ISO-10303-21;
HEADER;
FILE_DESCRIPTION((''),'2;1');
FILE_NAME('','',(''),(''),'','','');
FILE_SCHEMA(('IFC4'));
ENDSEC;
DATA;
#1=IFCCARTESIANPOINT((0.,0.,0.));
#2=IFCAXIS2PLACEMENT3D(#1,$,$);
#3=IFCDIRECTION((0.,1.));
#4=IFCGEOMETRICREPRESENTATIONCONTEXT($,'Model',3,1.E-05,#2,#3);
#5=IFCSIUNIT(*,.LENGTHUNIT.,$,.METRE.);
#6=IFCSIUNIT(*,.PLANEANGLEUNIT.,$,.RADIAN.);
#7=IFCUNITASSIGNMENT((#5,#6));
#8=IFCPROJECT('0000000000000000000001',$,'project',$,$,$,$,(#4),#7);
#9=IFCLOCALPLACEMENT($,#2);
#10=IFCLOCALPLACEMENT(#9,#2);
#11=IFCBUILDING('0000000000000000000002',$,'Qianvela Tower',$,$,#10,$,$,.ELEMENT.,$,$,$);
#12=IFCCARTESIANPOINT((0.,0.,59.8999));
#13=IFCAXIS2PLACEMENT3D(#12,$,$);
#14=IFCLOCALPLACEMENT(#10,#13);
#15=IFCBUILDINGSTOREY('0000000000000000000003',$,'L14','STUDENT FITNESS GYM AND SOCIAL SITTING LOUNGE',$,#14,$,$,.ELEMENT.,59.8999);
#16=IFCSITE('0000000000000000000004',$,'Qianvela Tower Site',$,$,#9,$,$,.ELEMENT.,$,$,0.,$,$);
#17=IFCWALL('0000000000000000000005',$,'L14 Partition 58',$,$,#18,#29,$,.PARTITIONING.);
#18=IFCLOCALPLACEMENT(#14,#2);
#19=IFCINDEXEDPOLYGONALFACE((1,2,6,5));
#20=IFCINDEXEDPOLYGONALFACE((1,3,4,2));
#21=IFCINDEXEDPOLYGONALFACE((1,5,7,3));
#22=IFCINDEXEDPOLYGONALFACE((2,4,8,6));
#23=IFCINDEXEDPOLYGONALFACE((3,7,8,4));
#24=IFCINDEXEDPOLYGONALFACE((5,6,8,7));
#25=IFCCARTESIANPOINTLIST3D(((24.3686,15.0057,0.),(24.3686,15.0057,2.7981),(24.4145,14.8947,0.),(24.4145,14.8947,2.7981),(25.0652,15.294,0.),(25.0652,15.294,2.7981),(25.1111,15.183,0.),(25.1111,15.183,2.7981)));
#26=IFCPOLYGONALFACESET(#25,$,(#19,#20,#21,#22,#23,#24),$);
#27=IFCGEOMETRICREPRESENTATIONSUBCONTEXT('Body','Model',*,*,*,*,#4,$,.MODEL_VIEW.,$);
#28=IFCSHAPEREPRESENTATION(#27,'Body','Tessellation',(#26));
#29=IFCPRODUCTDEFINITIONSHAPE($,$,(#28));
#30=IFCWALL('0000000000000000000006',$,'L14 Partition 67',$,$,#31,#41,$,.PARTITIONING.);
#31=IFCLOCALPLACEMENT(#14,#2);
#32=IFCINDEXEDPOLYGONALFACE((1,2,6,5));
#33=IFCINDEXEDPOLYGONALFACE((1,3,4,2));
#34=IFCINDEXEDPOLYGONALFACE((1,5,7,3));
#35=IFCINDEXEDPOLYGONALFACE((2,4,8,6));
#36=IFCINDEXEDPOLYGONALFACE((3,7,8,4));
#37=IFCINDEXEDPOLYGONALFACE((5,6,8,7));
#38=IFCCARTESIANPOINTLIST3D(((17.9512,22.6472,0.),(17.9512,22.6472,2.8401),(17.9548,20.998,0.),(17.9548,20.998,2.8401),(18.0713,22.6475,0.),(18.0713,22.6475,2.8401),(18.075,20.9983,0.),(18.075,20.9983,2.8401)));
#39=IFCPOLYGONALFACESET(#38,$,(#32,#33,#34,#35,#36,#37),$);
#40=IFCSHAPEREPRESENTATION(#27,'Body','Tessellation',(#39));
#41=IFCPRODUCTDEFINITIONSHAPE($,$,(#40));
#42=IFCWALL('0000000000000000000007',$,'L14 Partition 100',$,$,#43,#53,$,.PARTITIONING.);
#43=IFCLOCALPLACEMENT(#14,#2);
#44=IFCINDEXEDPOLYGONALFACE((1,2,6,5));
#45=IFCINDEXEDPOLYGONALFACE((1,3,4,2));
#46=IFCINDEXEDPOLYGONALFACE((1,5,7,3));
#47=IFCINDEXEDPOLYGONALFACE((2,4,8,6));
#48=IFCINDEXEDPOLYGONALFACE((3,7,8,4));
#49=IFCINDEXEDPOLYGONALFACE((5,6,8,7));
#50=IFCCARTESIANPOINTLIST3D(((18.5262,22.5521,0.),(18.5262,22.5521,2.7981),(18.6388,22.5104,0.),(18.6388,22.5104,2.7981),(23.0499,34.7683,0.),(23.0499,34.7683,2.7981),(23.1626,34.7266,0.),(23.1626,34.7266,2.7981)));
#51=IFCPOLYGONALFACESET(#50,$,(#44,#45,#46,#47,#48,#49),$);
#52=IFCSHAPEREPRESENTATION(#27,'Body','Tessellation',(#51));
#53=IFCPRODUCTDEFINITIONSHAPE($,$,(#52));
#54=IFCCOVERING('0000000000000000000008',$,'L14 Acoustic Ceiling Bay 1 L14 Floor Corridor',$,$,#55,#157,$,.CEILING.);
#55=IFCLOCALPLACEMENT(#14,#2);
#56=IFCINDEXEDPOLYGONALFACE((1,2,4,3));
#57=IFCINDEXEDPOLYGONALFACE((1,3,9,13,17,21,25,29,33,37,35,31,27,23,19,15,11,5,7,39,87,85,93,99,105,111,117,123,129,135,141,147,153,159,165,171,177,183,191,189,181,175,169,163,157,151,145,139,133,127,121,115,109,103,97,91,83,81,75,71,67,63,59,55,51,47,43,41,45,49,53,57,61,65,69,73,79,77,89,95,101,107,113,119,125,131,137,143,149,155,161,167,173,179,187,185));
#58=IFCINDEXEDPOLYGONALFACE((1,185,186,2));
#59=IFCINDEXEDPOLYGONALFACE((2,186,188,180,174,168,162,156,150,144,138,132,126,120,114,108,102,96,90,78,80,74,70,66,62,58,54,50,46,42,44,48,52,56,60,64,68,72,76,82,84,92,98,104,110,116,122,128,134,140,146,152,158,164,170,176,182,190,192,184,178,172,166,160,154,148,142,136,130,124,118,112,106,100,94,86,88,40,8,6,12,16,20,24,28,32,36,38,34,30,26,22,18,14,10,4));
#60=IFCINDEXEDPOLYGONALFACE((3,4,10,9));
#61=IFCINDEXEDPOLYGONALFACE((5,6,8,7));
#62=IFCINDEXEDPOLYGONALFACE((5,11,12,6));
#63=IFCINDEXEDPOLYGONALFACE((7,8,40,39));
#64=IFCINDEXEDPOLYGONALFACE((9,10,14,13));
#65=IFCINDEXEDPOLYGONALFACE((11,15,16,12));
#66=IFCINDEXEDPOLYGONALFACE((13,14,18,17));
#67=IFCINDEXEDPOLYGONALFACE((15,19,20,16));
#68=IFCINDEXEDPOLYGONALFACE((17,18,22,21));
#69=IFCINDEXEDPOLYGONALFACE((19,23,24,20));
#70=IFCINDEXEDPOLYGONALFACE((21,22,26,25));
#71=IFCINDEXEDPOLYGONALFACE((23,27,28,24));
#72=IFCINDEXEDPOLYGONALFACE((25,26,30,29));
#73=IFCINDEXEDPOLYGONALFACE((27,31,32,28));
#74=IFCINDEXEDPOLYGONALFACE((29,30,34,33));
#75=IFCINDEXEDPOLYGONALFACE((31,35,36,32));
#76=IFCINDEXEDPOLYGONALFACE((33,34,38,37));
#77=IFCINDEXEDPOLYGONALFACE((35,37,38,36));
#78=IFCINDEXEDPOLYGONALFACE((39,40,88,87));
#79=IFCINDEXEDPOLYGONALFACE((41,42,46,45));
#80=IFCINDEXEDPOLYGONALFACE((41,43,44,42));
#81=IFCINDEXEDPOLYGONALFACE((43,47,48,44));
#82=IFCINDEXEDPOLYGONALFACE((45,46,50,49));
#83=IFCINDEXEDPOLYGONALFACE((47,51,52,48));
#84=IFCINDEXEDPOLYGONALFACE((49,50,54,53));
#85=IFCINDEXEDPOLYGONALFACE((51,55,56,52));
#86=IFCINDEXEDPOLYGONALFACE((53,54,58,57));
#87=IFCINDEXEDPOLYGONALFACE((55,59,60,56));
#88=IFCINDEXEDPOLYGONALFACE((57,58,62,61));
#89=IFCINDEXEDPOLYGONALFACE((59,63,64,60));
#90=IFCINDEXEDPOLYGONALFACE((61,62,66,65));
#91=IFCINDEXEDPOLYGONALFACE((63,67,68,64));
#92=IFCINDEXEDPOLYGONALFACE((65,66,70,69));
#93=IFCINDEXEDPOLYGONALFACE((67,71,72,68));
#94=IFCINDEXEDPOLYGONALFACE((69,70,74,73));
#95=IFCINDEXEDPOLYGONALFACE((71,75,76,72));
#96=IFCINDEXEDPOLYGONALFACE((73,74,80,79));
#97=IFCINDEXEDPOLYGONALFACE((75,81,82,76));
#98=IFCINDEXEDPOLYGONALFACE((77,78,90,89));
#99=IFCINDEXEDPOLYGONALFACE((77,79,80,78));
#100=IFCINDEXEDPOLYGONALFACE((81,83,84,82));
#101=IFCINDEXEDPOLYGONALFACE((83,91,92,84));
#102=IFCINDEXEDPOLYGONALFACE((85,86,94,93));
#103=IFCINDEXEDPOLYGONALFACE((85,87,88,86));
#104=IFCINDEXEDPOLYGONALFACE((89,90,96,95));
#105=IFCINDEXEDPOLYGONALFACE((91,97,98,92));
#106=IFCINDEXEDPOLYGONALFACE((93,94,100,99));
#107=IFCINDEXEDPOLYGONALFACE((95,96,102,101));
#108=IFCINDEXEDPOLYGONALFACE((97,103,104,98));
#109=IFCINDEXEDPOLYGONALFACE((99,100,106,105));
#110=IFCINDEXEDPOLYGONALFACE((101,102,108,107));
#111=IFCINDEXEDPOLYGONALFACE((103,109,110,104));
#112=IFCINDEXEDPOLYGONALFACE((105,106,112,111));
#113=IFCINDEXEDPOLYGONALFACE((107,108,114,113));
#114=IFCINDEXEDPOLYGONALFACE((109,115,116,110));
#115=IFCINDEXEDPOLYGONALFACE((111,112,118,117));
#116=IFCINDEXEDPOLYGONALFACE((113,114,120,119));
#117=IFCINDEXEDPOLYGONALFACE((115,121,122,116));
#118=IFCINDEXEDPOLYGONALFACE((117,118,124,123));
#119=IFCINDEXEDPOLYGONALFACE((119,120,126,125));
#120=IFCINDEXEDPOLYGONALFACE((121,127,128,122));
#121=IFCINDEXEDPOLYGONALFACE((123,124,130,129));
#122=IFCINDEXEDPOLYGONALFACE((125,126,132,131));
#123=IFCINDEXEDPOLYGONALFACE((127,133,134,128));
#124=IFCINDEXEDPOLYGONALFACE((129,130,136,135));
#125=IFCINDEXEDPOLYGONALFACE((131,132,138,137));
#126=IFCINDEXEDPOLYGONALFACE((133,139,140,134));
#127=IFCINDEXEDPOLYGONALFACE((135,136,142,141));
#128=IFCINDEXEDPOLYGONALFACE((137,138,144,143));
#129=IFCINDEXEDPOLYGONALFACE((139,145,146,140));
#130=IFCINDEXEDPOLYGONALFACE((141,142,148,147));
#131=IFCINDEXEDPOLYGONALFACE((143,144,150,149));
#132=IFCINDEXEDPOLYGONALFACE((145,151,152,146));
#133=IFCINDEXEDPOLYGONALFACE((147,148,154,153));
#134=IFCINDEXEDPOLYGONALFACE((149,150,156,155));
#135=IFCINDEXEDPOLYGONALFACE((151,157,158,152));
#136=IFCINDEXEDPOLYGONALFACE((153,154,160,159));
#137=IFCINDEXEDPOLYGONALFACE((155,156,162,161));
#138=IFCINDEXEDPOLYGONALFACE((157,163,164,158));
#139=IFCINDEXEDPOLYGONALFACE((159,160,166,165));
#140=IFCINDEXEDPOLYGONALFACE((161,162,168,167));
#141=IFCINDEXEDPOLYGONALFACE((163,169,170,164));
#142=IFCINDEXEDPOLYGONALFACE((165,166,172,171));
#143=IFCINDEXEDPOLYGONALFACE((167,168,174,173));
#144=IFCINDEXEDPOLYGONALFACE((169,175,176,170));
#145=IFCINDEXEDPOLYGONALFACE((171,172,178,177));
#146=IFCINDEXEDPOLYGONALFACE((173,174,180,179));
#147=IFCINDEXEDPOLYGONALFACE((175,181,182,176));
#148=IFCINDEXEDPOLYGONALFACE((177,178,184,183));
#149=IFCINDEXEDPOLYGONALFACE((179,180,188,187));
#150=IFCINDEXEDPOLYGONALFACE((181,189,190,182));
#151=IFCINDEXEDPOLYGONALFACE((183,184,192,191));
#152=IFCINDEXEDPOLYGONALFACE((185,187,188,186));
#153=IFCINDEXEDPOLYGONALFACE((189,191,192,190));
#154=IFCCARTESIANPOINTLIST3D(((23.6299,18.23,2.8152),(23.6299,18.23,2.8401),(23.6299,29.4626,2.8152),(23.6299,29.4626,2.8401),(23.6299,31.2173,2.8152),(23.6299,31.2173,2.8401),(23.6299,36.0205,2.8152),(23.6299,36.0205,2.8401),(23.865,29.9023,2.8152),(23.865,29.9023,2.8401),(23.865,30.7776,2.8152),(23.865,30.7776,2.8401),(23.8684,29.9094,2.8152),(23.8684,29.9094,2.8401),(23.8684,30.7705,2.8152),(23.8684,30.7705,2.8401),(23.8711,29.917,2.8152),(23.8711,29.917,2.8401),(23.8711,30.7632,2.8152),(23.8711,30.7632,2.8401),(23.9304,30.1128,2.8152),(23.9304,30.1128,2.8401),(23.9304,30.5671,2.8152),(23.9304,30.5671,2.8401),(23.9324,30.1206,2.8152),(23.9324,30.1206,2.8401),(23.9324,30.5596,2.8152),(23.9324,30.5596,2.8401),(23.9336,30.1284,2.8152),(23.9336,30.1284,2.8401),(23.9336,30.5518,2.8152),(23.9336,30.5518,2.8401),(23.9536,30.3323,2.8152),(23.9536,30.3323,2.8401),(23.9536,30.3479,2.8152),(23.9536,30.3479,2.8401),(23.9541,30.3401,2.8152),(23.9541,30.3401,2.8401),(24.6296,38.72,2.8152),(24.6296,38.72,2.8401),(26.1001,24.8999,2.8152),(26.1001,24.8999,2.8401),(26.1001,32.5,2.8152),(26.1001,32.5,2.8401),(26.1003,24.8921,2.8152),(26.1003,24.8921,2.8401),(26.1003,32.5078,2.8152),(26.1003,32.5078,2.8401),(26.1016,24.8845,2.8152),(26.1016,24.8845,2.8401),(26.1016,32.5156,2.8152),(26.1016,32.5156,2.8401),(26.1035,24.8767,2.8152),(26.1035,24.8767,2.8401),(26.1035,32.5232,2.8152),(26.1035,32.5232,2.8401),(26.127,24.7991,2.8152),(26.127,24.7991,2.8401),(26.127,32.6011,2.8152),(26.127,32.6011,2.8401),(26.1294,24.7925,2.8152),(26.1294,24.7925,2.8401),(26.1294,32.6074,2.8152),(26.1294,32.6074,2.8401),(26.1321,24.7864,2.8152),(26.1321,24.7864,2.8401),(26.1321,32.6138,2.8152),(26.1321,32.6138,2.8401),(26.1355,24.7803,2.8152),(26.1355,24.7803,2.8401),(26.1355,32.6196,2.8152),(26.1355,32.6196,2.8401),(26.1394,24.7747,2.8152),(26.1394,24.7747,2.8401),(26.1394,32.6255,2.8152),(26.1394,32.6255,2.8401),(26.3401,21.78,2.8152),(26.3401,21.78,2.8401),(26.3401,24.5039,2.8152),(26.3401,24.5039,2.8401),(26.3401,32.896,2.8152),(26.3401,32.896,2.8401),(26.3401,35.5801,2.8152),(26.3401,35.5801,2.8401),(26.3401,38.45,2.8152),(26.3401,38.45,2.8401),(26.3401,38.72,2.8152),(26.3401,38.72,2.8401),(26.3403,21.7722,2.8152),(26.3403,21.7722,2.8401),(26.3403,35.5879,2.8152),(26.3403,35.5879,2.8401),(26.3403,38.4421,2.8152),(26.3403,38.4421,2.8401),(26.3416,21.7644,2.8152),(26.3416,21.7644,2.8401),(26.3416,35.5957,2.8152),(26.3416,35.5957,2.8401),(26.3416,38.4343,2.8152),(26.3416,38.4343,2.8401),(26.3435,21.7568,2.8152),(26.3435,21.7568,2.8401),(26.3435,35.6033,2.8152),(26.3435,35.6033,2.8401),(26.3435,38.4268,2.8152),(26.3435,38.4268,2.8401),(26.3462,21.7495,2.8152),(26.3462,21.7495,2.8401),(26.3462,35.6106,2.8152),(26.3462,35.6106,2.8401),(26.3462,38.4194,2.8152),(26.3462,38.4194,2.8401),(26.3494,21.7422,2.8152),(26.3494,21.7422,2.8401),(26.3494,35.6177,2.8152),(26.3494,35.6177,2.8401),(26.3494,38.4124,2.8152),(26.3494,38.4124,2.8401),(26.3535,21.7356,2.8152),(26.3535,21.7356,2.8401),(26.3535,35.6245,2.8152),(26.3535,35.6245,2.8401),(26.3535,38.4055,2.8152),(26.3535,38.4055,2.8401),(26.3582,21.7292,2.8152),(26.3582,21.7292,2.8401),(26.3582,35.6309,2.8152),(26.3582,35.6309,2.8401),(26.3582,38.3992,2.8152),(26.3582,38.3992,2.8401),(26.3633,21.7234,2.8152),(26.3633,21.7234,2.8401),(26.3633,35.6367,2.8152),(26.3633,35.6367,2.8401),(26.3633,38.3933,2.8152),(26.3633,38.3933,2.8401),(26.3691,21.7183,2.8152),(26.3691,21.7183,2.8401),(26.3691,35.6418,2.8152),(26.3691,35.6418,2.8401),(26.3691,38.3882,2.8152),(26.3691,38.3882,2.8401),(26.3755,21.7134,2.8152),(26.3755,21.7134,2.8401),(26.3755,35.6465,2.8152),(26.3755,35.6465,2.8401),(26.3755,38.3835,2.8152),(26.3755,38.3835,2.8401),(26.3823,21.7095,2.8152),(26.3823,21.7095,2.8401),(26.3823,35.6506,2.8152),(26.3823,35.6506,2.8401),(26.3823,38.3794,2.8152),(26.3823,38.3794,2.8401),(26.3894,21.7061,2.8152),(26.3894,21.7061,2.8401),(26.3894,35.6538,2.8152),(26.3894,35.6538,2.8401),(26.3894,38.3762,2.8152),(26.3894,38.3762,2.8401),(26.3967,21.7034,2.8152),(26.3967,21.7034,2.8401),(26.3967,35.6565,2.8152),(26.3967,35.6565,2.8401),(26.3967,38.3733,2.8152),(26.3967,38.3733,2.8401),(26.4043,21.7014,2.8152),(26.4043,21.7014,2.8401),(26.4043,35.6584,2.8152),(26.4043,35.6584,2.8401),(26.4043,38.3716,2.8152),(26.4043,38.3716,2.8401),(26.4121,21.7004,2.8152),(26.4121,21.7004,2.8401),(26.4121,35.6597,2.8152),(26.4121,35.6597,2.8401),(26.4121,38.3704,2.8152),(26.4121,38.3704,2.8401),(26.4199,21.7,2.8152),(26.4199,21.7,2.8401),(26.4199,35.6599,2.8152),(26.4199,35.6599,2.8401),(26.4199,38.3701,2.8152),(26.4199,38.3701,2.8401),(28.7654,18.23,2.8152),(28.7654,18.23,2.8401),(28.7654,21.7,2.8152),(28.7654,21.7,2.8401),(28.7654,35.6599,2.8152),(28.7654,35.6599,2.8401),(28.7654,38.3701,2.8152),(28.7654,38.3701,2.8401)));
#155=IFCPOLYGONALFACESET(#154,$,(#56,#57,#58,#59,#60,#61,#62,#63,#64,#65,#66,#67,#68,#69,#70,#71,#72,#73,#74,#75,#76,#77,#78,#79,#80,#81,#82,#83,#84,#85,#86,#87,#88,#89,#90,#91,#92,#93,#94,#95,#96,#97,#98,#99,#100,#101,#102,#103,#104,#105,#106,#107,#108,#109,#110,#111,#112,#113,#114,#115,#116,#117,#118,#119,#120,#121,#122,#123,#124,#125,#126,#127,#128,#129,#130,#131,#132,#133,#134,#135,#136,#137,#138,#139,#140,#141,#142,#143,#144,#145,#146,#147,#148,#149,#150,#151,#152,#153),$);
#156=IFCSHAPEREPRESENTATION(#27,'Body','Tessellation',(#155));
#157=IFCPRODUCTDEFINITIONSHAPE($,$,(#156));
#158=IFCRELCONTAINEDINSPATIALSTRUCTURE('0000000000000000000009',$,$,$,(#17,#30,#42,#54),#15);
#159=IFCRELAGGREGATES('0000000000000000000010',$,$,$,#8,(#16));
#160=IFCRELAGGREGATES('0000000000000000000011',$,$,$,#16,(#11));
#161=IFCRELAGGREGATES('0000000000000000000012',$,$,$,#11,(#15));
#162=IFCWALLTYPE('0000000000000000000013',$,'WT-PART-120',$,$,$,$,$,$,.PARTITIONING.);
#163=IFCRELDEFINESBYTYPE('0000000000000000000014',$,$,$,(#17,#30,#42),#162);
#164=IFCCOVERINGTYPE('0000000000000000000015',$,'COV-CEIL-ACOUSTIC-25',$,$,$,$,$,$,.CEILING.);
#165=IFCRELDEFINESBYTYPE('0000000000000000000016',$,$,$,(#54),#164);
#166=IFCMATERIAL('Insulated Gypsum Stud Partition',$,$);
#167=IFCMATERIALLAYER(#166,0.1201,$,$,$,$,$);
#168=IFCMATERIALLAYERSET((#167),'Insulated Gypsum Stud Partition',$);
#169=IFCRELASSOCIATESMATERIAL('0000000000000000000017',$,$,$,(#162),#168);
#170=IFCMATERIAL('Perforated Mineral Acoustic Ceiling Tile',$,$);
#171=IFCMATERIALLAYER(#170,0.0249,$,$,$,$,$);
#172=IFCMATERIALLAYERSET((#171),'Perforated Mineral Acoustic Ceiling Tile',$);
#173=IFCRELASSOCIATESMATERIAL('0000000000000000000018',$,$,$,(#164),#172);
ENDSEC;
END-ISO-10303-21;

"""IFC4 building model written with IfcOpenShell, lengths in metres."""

from ifc_helpers import new_model, si_unit, direction, frame, frame_2d, origin, place, context, subcontext, project, spatial, polyline, rectangle, outline, extrude, material, layer, layer_set, type_object, element, save


model = new_model("IFC4")

# Units and contexts
model_context = context("Model", 3, precision=1e-05, world=origin(), true_north=direction((0.0, 1.0)))
body_context = subcontext(model_context, "Body", "Model", "MODEL_VIEW")
ifc_project = project(units=[si_unit("LENGTHUNIT", "METRE"), si_unit("PLANEANGLEUNIT", "RADIAN")], contexts=[model_context])

# Site, building, storey
site_placement = place(None, origin())
site = spatial("IfcSite", under=ifc_project, at=site_placement, Name="Qianvela Tower Site", CompositionType="ELEMENT", RefElevation=0.0)
building_placement = place(site_placement, origin())
building = spatial("IfcBuilding", under=site, at=building_placement, Name="Qianvela Tower", CompositionType="ELEMENT")
storey_placement = place(building_placement, frame((0.0, 0.0, 59.8999)))
storey = spatial("IfcBuildingStorey", under=building, at=storey_placement, Name="L14", Description="STUDENT FITNESS GYM AND SOCIAL SITTING LOUNGE", CompositionType="ELEMENT", Elevation=59.8999)

# Walls
ifc_material_1 = material(Name="Insulated Gypsum Stud Partition")
ifc_layer_1 = layer(ifc_material_1, 0.1201)
ifc_layer_set_1 = layer_set([ifc_layer_1], Name="Insulated Gypsum Stud Partition")
wall_type_1 = type_object("IfcWallType", Name="WT-PART-120", PredefinedType="PARTITIONING", material=ifc_layer_set_1)
wall_1_placement = place(storey_placement, frame((25.0881, 15.2385, 0.0), z_axis=(0.0, 0.0, 1.0), x_axis=(-0.923966, -0.382476, 0.0)))
element("IfcWall", 1, at=wall_1_placement, inside=storey, type_object=wall_type_1, Name="L14 Partition 58", PredefinedType="PARTITIONING", context=body_context, shape_type="SweptSolid", body=[
    extrude(rectangle(XDim=0.7539, YDim=0.1201, at=frame_2d((0.377, 0.0))), origin(), (0.0, 0.0, 1.0), 2.7981),
])
wall_2_placement = place(storey_placement, frame((18.0149, 20.998, 0.0), z_axis=(0.0, 0.0, 1.0), x_axis=(-0.002221, 0.999998, 0.0)))
element("IfcWall", 2, at=wall_2_placement, inside=storey, type_object=wall_type_1, Name="L14 Partition 67", PredefinedType="PARTITIONING", context=body_context, shape_type="SweptSolid", body=[
    extrude(rectangle(XDim=1.6492, YDim=0.1201, at=frame_2d((0.8247, 0.0))), origin(), (0.0, 0.0, 1.0), 2.8401),
])
wall_3_placement = place(storey_placement, frame((18.5825, 22.5312, 0.0), z_axis=(0.0, 0.0, 1.0), x_axis=(0.347261, 0.937768, 0.0)))
element("IfcWall", 3, at=wall_3_placement, inside=storey, type_object=wall_type_1, Name="L14 Partition 100", PredefinedType="PARTITIONING", context=body_context, shape_type="SweptSolid", body=[
    extrude(rectangle(XDim=13.0269, YDim=0.1201, at=frame_2d((6.5134, 0.0))), origin(), (0.0, 0.0, 1.0), 2.7981),
])

# Covering
ifc_material_2 = material(Name="Perforated Mineral Acoustic Ceiling Tile")
ifc_layer_2 = layer(ifc_material_2, 0.0249)
ifc_layer_set_2 = layer_set([ifc_layer_2], Name="Perforated Mineral Acoustic Ceiling Tile")
covering_type_1 = type_object("IfcCoveringType", Name="COV-CEIL-ACOUSTIC-25", PredefinedType="CEILING", material=ifc_layer_set_2)
covering_1_placement = place(storey_placement, frame((0.0, 0.0, 2.8152)))
element("IfcCovering", 4, at=covering_1_placement, inside=storey, type_object=covering_type_1, Name="L14 Acoustic Ceiling Bay 1 L14 Floor Corridor", PredefinedType="CEILING", context=body_context, shape_type="SweptSolid", body=[
    extrude(outline(polyline([(23.8684, 30.7705), (23.865, 30.7776), (23.6299, 31.2173), (23.6299, 36.0205), (24.6296, 38.72), (26.3401, 38.72), (26.3401, 38.45), (26.3403, 38.4421), (26.3416, 38.4343), (26.3435, 38.4268), (26.3462, 38.4194), (26.3494, 38.4124), (26.3535, 38.4055), (26.3582, 38.3992), (26.3633, 38.3933), (26.3691, 38.3882), (26.3755, 38.3835), (26.3823, 38.3794), (26.3894, 38.3762), (26.3967, 38.3733), (26.4043, 38.3716), (26.4121, 38.3704), (26.4199, 38.3701), (28.7654, 38.3701), (28.7654, 35.6599), (26.4199, 35.6599), (26.4121, 35.6597), (26.4043, 35.6584), (26.3967, 35.6565), (26.3894, 35.6538), (26.3823, 35.6506), (26.3755, 35.6465), (26.3691, 35.6418), (26.3633, 35.6367), (26.3582, 35.6309), (26.3535, 35.6245), (26.3494, 35.6177), (26.3462, 35.6106), (26.3435, 35.6033), (26.3416, 35.5957), (26.3403, 35.5879), (26.3401, 35.5801), (26.3401, 32.896), (26.1394, 32.6255), (26.1355, 32.6196), (26.1321, 32.6138), (26.1294, 32.6074), (26.127, 32.6011), (26.1035, 32.5232), (26.1016, 32.5156), (26.1003, 32.5078), (26.1001, 32.5), (26.1001, 24.8999), (26.1003, 24.8921), (26.1016, 24.8845), (26.1035, 24.8767), (26.127, 24.7991), (26.1294, 24.7925), (26.1321, 24.7864), (26.1355, 24.7803), (26.1394, 24.7747), (26.3401, 24.5039), (26.3401, 21.78), (26.3403, 21.7722), (26.3416, 21.7644), (26.3435, 21.7568), (26.3462, 21.7495), (26.3494, 21.7422), (26.3535, 21.7356), (26.3582, 21.7292), (26.3633, 21.7234), (26.3691, 21.7183), (26.3755, 21.7134), (26.3823, 21.7095), (26.3894, 21.7061), (26.3967, 21.7034), (26.4043, 21.7014), (26.4121, 21.7004), (26.4199, 21.7), (28.7654, 21.7), (28.7654, 18.23), (23.6299, 18.23), (23.6299, 29.4626), (23.865, 29.9023), (23.8684, 29.9094), (23.8711, 29.917), (23.9304, 30.1128), (23.9324, 30.1206), (23.9336, 30.1284), (23.9536, 30.3323), (23.9541, 30.3401), (23.9536, 30.3479), (23.9336, 30.5518), (23.9324, 30.5596), (23.9304, 30.5671), (23.8711, 30.7632), (23.8684, 30.7705)])), origin(), (0.0, 0.0, 1.0), 0.0249),
])

save(model, "model.ifc")
